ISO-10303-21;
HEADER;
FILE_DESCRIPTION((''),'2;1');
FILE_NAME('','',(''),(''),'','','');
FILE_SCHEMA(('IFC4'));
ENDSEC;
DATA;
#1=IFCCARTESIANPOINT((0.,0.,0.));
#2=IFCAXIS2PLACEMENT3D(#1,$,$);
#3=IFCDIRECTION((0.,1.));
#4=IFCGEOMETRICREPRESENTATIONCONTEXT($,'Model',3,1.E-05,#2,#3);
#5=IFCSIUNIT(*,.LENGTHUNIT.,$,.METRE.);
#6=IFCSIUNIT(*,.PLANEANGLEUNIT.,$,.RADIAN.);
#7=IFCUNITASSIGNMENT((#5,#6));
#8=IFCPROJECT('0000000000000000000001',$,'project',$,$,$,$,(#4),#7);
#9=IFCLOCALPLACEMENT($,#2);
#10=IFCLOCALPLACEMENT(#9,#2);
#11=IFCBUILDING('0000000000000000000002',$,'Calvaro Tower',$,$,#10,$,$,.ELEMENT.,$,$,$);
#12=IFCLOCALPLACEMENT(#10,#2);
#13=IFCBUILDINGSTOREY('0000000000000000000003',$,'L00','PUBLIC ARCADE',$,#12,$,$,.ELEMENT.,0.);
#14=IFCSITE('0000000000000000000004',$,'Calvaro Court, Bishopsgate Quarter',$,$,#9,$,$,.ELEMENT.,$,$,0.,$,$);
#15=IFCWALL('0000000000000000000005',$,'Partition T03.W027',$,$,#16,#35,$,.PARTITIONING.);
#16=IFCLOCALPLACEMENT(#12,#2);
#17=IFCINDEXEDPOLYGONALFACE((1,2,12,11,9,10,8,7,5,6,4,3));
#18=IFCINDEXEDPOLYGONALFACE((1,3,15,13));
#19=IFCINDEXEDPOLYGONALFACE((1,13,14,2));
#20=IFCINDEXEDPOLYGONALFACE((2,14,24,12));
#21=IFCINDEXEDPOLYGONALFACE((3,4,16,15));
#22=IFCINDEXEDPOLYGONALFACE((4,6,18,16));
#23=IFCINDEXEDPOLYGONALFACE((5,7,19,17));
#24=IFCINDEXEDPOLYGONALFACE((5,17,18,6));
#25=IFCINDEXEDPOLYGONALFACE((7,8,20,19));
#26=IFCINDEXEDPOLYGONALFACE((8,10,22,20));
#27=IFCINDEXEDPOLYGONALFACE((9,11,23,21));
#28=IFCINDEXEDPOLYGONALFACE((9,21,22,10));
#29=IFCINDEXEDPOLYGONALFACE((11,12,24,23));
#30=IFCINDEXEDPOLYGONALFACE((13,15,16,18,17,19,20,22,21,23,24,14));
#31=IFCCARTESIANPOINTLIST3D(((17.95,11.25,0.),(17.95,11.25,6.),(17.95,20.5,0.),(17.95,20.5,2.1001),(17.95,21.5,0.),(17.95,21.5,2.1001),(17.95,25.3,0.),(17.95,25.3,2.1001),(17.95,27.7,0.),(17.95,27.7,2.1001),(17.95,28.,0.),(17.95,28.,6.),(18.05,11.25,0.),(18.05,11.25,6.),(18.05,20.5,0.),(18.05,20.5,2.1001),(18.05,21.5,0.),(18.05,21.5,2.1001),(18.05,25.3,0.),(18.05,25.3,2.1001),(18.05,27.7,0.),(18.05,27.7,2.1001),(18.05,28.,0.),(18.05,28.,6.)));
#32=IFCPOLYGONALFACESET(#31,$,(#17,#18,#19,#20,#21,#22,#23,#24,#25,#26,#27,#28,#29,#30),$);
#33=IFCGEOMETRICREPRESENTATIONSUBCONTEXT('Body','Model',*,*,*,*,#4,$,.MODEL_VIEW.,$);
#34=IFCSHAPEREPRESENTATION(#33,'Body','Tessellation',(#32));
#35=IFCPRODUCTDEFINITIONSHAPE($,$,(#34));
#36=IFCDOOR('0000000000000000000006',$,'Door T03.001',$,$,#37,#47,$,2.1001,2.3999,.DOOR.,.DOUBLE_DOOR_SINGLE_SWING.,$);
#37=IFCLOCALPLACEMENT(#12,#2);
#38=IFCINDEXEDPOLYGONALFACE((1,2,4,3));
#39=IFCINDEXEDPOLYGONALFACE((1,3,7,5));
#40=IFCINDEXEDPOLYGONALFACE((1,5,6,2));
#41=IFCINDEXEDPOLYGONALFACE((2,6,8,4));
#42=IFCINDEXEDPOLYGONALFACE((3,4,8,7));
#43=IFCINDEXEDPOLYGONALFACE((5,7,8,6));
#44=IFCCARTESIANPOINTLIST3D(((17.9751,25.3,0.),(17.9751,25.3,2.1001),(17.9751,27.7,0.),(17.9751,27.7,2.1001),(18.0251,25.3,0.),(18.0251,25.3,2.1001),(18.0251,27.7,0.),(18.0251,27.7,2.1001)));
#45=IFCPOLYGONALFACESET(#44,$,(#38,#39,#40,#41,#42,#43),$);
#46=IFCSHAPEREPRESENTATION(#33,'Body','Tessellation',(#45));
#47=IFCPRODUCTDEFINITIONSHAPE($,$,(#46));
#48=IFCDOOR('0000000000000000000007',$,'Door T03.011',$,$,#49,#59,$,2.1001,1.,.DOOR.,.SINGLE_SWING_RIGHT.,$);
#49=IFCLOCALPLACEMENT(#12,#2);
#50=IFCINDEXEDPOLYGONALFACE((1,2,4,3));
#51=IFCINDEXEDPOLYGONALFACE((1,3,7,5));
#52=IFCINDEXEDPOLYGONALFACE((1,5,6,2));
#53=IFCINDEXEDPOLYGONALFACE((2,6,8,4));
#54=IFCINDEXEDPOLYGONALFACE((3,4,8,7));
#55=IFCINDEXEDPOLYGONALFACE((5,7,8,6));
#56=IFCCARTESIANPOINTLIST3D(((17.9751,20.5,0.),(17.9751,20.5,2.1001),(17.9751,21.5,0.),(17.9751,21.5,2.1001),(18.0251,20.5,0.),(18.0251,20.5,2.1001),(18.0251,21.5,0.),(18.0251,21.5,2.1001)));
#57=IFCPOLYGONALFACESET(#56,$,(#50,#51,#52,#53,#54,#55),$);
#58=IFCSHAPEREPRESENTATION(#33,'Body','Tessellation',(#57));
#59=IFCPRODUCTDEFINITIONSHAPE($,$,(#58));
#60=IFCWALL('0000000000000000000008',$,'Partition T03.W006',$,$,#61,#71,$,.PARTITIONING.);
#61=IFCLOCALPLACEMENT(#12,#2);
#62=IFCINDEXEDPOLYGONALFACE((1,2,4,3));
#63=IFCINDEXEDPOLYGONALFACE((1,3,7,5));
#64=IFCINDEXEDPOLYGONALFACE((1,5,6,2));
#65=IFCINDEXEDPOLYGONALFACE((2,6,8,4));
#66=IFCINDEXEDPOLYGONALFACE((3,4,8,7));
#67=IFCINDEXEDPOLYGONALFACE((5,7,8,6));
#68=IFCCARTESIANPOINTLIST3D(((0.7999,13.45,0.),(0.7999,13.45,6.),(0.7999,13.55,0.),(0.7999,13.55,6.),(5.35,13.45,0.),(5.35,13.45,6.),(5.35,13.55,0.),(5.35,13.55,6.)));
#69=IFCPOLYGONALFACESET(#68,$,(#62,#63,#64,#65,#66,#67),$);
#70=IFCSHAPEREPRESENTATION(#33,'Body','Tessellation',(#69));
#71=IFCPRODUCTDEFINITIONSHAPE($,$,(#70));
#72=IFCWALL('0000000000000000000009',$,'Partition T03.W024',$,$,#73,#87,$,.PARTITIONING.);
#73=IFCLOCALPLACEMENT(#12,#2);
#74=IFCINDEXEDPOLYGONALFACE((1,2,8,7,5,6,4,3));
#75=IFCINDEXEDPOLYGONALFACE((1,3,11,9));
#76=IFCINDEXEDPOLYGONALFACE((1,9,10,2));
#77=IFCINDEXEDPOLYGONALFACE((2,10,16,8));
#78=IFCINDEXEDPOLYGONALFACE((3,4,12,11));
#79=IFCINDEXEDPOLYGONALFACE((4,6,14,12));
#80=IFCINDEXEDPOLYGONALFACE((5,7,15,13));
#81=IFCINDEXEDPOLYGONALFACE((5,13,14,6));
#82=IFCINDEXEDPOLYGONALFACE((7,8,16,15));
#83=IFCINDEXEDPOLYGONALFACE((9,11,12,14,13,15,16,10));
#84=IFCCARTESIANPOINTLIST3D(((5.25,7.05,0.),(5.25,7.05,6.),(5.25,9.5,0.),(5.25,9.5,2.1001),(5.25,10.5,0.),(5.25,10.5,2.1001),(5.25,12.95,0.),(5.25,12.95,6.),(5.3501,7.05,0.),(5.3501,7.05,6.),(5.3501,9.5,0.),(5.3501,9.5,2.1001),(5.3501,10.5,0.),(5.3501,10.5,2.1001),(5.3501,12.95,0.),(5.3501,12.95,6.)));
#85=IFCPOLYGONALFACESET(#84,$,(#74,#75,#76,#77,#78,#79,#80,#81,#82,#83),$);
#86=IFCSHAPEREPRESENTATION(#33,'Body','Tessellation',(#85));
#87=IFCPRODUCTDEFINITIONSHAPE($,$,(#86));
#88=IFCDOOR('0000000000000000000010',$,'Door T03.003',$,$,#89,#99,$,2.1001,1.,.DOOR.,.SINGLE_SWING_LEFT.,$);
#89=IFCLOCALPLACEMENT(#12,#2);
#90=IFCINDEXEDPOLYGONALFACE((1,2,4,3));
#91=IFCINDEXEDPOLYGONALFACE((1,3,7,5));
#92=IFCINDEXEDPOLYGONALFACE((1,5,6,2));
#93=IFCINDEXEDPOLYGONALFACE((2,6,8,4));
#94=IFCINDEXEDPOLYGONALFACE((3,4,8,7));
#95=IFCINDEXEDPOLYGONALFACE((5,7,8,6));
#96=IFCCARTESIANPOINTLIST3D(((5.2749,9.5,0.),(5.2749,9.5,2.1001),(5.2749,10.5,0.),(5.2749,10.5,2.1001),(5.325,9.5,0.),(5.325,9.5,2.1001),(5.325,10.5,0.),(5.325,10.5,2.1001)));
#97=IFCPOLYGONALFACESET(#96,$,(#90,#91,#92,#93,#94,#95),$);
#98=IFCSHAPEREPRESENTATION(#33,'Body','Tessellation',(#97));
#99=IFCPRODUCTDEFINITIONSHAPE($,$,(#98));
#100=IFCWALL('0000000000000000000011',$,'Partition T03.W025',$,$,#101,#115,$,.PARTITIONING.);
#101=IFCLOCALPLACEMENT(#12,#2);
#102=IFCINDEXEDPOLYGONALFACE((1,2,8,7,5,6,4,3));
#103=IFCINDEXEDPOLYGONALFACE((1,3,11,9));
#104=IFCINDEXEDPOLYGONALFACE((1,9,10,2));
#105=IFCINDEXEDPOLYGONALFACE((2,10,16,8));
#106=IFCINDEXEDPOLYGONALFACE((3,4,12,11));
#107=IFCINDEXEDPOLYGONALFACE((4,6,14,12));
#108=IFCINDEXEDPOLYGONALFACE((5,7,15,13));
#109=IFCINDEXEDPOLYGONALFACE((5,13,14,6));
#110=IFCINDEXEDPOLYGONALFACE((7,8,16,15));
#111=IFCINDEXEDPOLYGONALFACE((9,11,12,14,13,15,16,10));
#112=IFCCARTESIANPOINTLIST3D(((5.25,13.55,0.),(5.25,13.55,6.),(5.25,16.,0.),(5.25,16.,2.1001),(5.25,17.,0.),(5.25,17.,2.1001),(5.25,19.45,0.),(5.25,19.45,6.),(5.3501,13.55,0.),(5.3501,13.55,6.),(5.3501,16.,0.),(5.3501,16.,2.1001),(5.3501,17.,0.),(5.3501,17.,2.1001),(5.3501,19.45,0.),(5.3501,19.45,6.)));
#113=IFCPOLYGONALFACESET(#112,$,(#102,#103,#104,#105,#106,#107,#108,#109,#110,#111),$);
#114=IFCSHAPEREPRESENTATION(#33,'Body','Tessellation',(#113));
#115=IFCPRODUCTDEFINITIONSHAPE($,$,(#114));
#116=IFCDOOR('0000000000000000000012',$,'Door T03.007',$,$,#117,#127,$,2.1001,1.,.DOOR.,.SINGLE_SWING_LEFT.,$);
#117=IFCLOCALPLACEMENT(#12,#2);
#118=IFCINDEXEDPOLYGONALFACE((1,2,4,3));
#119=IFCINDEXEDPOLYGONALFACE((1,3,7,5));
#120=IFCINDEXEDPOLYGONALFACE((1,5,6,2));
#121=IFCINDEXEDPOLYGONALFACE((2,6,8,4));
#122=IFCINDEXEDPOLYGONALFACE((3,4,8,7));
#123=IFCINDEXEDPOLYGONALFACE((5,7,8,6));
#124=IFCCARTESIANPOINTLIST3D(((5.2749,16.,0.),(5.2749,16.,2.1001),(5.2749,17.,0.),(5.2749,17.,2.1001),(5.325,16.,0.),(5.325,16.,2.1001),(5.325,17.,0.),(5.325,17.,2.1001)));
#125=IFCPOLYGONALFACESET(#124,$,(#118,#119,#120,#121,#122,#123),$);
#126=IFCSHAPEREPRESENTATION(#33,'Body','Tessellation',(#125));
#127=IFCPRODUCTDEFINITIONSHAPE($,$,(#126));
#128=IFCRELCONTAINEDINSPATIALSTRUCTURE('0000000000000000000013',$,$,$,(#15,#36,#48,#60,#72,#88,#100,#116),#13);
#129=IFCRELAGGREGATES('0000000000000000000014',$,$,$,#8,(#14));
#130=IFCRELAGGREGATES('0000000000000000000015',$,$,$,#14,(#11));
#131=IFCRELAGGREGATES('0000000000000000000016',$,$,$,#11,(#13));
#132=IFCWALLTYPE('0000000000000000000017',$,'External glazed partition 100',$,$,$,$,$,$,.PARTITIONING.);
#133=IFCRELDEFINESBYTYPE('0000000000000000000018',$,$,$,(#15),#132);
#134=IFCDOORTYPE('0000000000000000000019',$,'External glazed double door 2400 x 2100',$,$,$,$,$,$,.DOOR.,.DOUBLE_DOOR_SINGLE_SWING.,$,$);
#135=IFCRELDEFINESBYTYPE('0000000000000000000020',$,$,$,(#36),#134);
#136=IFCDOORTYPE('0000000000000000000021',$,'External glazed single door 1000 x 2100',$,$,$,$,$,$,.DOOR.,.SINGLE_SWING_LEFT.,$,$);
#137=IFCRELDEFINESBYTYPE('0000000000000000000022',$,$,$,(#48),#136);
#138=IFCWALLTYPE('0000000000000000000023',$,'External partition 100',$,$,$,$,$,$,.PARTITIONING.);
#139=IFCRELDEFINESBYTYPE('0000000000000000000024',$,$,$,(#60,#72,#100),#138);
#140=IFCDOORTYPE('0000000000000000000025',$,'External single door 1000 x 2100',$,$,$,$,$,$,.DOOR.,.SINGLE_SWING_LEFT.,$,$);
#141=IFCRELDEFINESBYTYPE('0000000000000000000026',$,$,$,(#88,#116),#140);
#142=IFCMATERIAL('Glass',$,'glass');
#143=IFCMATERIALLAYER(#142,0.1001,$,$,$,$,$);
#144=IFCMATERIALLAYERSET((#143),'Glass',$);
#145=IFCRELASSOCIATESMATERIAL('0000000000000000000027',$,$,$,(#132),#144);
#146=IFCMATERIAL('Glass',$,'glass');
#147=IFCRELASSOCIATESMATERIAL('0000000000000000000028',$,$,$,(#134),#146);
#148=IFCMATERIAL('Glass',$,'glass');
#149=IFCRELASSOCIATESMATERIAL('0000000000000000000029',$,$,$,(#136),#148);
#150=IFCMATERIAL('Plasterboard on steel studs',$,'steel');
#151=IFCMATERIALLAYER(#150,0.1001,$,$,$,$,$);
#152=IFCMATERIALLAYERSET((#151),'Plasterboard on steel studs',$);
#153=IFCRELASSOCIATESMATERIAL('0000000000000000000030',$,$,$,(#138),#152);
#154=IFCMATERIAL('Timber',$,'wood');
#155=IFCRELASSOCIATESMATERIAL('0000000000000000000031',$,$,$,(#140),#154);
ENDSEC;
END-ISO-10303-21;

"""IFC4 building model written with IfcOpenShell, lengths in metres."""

from ifc_helpers import new_model, si_unit, direction, frame, frame_2d, origin, place, context, subcontext, project, spatial, rectangle, extrude, material, layer, layer_set, type_object, element, fill, save


model = new_model("IFC4")

# Units and contexts
model_context = context("Model", 3, precision=1e-05, world=origin(), true_north=direction((0.0, 1.0)))
body_context = subcontext(model_context, "Body", "Model", "MODEL_VIEW")
ifc_project = project(units=[si_unit("LENGTHUNIT", "METRE"), si_unit("PLANEANGLEUNIT", "RADIAN")], contexts=[model_context])

# Site, building, storey
site_placement = place(None, origin())
site = spatial("IfcSite", under=ifc_project, at=site_placement, Name="Calvaro Court, Bishopsgate Quarter", CompositionType="ELEMENT", RefElevation=0.0)
building_placement = place(site_placement, origin())
building = spatial("IfcBuilding", under=site, at=building_placement, Name="Calvaro Tower", CompositionType="ELEMENT")
storey_placement = place(building_placement, origin())
storey = spatial("IfcBuildingStorey", under=building, at=storey_placement, Name="L00", Description="PUBLIC ARCADE", CompositionType="ELEMENT", Elevation=0.0)

# Wall, openings, doors
ifc_material_1 = material(Name="Glass", Category="glass")
ifc_layer_1 = layer(ifc_material_1, 0.1001)
ifc_layer_set_1 = layer_set([ifc_layer_1], Name="Glass")
wall_type_1 = type_object("IfcWallType", Name="External glazed partition 100", PredefinedType="PARTITIONING", material=ifc_layer_set_1)
ifc_material_2 = material(Name="Glass", Category="glass")
door_type_1 = type_object("IfcDoorType", Name="External glazed double door 2400 x 2100", OperationType="DOUBLE_DOOR_SINGLE_SWING", PredefinedType="DOOR", material=ifc_material_2)
ifc_material_3 = material(Name="Glass", Category="glass")
door_type_2 = type_object("IfcDoorType", Name="External glazed single door 1000 x 2100", OperationType="SINGLE_SWING_LEFT", PredefinedType="DOOR", material=ifc_material_3)
wall_1_placement = place(storey_placement, frame((18.0, 11.25, 0.0), z_axis=(0.0, 0.0, 1.0), x_axis=(0.0, 1.0, 0.0)))
wall_1 = element("IfcWall", 1, at=wall_1_placement, inside=storey, type_object=wall_type_1, Name="Partition T03.W027", PredefinedType="PARTITIONING", context=body_context, shape_type="SweptSolid", body=[
    extrude(rectangle(XDim=16.75, YDim=0.1001, at=frame_2d((8.375, 0.0))), origin(), (0.0, 0.0, 1.0), 6.0),
])
opening_1_placement = place(wall_1_placement, frame((14.05, 0.0, 0.0)))
opening_1 = element("IfcOpeningElement", 2, at=opening_1_placement, cuts=wall_1, PredefinedType="OPENING", context=body_context, shape_type="SweptSolid", body=[
    extrude(rectangle(XDim=2.3999, YDim=2.1001, at=frame_2d((1.2, 1.05))), frame((0.0, 0.0601, 0.0), z_axis=(0.0, -1.0, 0.0), x_axis=(1.0, 0.0, 0.0)), (0.0, 0.0, 1.0), 0.1201),
])
opening_2_placement = place(wall_1_placement, frame((9.25, 0.0, 0.0)))
opening_2 = element("IfcOpeningElement", 3, at=opening_2_placement, cuts=wall_1, PredefinedType="OPENING", context=body_context, shape_type="SweptSolid", body=[
    extrude(rectangle(XDim=1.0, YDim=2.1001, at=frame_2d((0.5, 1.05))), frame((0.0, 0.0601, 0.0), z_axis=(0.0, -1.0, 0.0), x_axis=(1.0, 0.0, 0.0)), (0.0, 0.0, 1.0), 0.1201),
])
door_1_placement = place(opening_1_placement, origin())
door_1 = element("IfcDoor", 4, at=door_1_placement, inside=storey, type_object=door_type_1, Name="Door T03.001", OperationType="DOUBLE_DOOR_SINGLE_SWING", OverallHeight=2.1001, OverallWidth=2.3999, PredefinedType="DOOR", context=body_context, shape_type="SweptSolid", body=[
    extrude(rectangle(XDim=2.3999, YDim=2.1001, at=frame_2d((1.2, 1.05))), frame((0.0, 0.0249, 0.0), z_axis=(0.0, -1.0, 0.0), x_axis=(1.0, 0.0, 0.0)), (0.0, 0.0, 1.0), 0.05),
])
fill(opening_1, door_1)
door_2_placement = place(opening_2_placement, origin())
door_2 = element("IfcDoor", 5, at=door_2_placement, inside=storey, type_object=door_type_2, Name="Door T03.011", OperationType="SINGLE_SWING_RIGHT", OverallHeight=2.1001, OverallWidth=1.0, PredefinedType="DOOR", context=body_context, shape_type="SweptSolid", body=[
    extrude(rectangle(XDim=1.0, YDim=2.1001, at=frame_2d((0.5, 1.05))), frame((0.0, 0.0249, 0.0), z_axis=(0.0, -1.0, 0.0), x_axis=(1.0, 0.0, 0.0)), (0.0, 0.0, 1.0), 0.05),
])
fill(opening_2, door_2)

# Wall
ifc_material_4 = material(Name="Plasterboard on steel studs", Category="steel")
ifc_layer_2 = layer(ifc_material_4, 0.1001)
ifc_layer_set_2 = layer_set([ifc_layer_2], Name="Plasterboard on steel studs")
wall_type_2 = type_object("IfcWallType", Name="External partition 100", PredefinedType="PARTITIONING", material=ifc_layer_set_2)
wall_2_placement = place(storey_placement, frame((0.8, 13.5, 0.0), z_axis=(0.0, 0.0, 1.0), x_axis=(1.0, 0.0, 0.0)))
element("IfcWall", 6, at=wall_2_placement, inside=storey, type_object=wall_type_2, Name="Partition T03.W006", PredefinedType="PARTITIONING", context=body_context, shape_type="SweptSolid", body=[
    extrude(rectangle(XDim=4.55, YDim=0.1001, at=frame_2d((2.2749, 0.0))), origin(), (0.0, 0.0, 1.0), 6.0),
])

# Walls, openings, doors
wall_3_placement = place(storey_placement, frame((5.3, 7.05, 0.0), z_axis=(0.0, 0.0, 1.0), x_axis=(0.0, 1.0, 0.0)))
wall_3 = element("IfcWall", 7, at=wall_3_placement, inside=storey, type_object=wall_type_2, Name="Partition T03.W024", PredefinedType="PARTITIONING", context=body_context, shape_type="SweptSolid", body=[
    extrude(rectangle(XDim=5.8999, YDim=0.1001, at=frame_2d((2.95, 0.0))), origin(), (0.0, 0.0, 1.0), 6.0),
])
opening_3_placement = place(wall_3_placement, frame((2.45, 0.0, 0.0)))
opening_3 = element("IfcOpeningElement", 8, at=opening_3_placement, cuts=wall_3, PredefinedType="OPENING", context=body_context, shape_type="SweptSolid", body=[
    extrude(rectangle(XDim=1.0, YDim=2.1001, at=frame_2d((0.5, 1.05))), frame((0.0, 0.0601, 0.0), z_axis=(0.0, -1.0, 0.0), x_axis=(1.0, 0.0, 0.0)), (0.0, 0.0, 1.0), 0.1201),
])
ifc_material_5 = material(Name="Timber", Category="wood")
door_type_3 = type_object("IfcDoorType", Name="External single door 1000 x 2100", OperationType="SINGLE_SWING_LEFT", PredefinedType="DOOR", material=ifc_material_5)
door_3_placement = place(opening_3_placement, frame((1.0, 0.0, 0.0), z_axis=(0.0, 0.0, 1.0), x_axis=(-1.0, 0.0, 0.0)))
door_3 = element("IfcDoor", 9, at=door_3_placement, inside=storey, type_object=door_type_3, Name="Door T03.003", OperationType="SINGLE_SWING_LEFT", OverallHeight=2.1001, OverallWidth=1.0, PredefinedType="DOOR", context=body_context, shape_type="SweptSolid", body=[
    extrude(rectangle(XDim=1.0, YDim=2.1001, at=frame_2d((0.5, 1.05))), frame((0.0, 0.0249, 0.0), z_axis=(0.0, -1.0, 0.0), x_axis=(1.0, 0.0, 0.0)), (0.0, 0.0, 1.0), 0.05),
])
fill(opening_3, door_3)
wall_4_placement = place(storey_placement, frame((5.3, 13.55, 0.0), z_axis=(0.0, 0.0, 1.0), x_axis=(0.0, 1.0, 0.0)))
wall_4 = element("IfcWall", 10, at=wall_4_placement, inside=storey, type_object=wall_type_2, Name="Partition T03.W025", PredefinedType="PARTITIONING", context=body_context, shape_type="SweptSolid", body=[
    extrude(rectangle(XDim=5.8999, YDim=0.1001, at=frame_2d((2.95, 0.0))), origin(), (0.0, 0.0, 1.0), 6.0),
])
opening_4_placement = place(wall_4_placement, frame((2.45, 0.0, 0.0)))
opening_4 = element("IfcOpeningElement", 11, at=opening_4_placement, cuts=wall_4, PredefinedType="OPENING", context=body_context, shape_type="SweptSolid", body=[
    extrude(rectangle(XDim=1.0, YDim=2.1001, at=frame_2d((0.5, 1.05))), frame((0.0, 0.0601, 0.0), z_axis=(0.0, -1.0, 0.0), x_axis=(1.0, 0.0, 0.0)), (0.0, 0.0, 1.0), 0.1201),
])
door_4_placement = place(opening_4_placement, frame((1.0, 0.0, 0.0), z_axis=(0.0, 0.0, 1.0), x_axis=(-1.0, 0.0, 0.0)))
door_4 = element("IfcDoor", 12, at=door_4_placement, inside=storey, type_object=door_type_3, Name="Door T03.007", OperationType="SINGLE_SWING_LEFT", OverallHeight=2.1001, OverallWidth=1.0, PredefinedType="DOOR", context=body_context, shape_type="SweptSolid", body=[
    extrude(rectangle(XDim=1.0, YDim=2.1001, at=frame_2d((0.5, 1.05))), frame((0.0, 0.0249, 0.0), z_axis=(0.0, -1.0, 0.0), x_axis=(1.0, 0.0, 0.0)), (0.0, 0.0, 1.0), 0.05),
])
fill(opening_4, door_4)

save(model, "model.ifc")
